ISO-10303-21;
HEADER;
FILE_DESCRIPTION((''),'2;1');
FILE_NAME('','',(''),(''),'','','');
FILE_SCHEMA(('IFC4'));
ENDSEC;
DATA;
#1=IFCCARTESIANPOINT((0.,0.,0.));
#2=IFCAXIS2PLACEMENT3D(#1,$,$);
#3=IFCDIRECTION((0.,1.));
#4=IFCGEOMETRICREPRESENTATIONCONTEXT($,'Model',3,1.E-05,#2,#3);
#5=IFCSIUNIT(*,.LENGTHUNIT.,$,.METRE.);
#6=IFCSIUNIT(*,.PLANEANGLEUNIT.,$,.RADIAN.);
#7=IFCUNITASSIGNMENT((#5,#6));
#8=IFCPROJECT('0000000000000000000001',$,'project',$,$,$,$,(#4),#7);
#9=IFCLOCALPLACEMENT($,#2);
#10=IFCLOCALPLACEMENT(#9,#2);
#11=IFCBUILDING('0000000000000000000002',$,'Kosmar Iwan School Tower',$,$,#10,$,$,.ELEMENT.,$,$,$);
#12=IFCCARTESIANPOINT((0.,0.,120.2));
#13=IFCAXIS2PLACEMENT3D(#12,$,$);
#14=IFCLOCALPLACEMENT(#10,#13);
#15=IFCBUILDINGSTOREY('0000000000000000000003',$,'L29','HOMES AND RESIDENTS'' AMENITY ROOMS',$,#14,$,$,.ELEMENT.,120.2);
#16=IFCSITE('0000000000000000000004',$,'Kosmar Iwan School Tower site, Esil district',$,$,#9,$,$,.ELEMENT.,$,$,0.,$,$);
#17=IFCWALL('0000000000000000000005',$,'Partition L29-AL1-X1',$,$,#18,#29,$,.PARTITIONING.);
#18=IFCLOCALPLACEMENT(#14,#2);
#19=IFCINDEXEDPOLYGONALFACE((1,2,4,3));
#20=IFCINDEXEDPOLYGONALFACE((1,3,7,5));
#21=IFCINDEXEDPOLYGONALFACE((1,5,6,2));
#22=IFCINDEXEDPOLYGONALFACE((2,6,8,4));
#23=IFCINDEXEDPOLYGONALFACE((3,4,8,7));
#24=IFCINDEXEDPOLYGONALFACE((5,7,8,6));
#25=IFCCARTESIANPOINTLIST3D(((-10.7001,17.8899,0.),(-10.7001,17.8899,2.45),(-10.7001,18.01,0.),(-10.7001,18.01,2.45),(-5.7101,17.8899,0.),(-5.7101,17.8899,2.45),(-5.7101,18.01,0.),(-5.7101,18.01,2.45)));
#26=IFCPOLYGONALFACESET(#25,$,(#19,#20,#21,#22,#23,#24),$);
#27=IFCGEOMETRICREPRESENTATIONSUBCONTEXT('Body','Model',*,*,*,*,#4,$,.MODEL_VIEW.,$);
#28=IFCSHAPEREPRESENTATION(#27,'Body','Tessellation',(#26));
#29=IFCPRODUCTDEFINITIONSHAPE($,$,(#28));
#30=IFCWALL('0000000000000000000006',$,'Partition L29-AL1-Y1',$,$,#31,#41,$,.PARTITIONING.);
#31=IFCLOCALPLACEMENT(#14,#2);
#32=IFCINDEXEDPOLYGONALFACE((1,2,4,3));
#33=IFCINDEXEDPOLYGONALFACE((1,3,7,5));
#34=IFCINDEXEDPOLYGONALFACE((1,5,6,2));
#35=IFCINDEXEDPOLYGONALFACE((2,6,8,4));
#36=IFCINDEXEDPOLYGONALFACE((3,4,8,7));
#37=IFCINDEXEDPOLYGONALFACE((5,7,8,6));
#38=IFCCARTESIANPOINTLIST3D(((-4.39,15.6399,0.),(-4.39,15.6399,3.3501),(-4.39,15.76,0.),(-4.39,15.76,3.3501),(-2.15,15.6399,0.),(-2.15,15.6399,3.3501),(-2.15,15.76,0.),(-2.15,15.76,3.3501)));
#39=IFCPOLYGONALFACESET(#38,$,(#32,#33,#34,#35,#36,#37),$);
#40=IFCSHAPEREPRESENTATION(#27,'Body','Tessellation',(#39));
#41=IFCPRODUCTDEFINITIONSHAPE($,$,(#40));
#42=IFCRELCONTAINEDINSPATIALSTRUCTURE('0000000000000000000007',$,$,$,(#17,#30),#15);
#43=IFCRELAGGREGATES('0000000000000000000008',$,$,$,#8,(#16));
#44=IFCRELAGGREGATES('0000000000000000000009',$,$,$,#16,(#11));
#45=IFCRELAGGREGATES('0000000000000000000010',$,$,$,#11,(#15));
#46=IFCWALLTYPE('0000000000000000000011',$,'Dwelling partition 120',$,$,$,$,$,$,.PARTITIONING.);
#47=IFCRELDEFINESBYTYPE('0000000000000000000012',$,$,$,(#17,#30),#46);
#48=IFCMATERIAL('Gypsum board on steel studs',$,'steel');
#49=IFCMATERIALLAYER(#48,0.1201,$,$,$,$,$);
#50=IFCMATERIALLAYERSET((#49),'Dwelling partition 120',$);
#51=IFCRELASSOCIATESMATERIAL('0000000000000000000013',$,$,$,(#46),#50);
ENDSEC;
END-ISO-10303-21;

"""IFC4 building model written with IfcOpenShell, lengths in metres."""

from ifc_helpers import new_model, si_unit, direction, frame, frame_2d, origin, place, context, subcontext, project, spatial, rectangle, extrude, material, layer, layer_set, type_object, element, save


model = new_model("IFC4")

# Units and contexts
model_context = context("Model", 3, precision=1e-05, world=origin(), true_north=direction((0.0, 1.0)))
body_context = subcontext(model_context, "Body", "Model", "MODEL_VIEW")
ifc_project = project(units=[si_unit("LENGTHUNIT", "METRE"), si_unit("PLANEANGLEUNIT", "RADIAN")], contexts=[model_context])

# Site, building, storey
site_placement = place(None, origin())
site = spatial("IfcSite", under=ifc_project, at=site_placement, Name="Kosmar Iwan School Tower site, Esil district", CompositionType="ELEMENT", RefElevation=0.0)
building_placement = place(site_placement, origin())
building = spatial("IfcBuilding", under=site, at=building_placement, Name="Kosmar Iwan School Tower", CompositionType="ELEMENT")
storey_placement = place(building_placement, frame((0.0, 0.0, 120.2)))
storey = spatial("IfcBuildingStorey", under=building, at=storey_placement, Name="L29", Description="HOMES AND RESIDENTS' AMENITY ROOMS", CompositionType="ELEMENT", Elevation=120.2)

# Shared definitions
ifc_material_1 = material(Name="Gypsum board on steel studs", Category="steel")
ifc_layer_1 = layer(ifc_material_1, 0.1201)
ifc_layer_set_1 = layer_set([ifc_layer_1], Name="Dwelling partition 120")
wall_type_1 = type_object("IfcWallType", Name="Dwelling partition 120", PredefinedType="PARTITIONING", material=ifc_layer_set_1)

# Walls
wall_1_placement = place(storey_placement, frame((-5.71, 17.95, 0.0), z_axis=(0.0, 0.0, 1.0), x_axis=(-1.0, 0.0, 0.0)))
element("IfcWall", 1, at=wall_1_placement, inside=storey, type_object=wall_type_1, Name="Partition L29-AL1-X1", PredefinedType="PARTITIONING", context=body_context, shape_type="SweptSolid", body=[
    extrude(rectangle(XDim=4.99, YDim=0.1201, at=frame_2d((2.4951, 0.0))), origin(), (0.0, 0.0, 1.0), 2.45),
])
wall_2_placement = place(storey_placement, frame((-2.1499, 15.7, 0.0), z_axis=(0.0, 0.0, 1.0), x_axis=(-1.0, 0.0, 0.0)))
element("IfcWall", 2, at=wall_2_placement, inside=storey, type_object=wall_type_1, Name="Partition L29-AL1-Y1", PredefinedType="PARTITIONING", context=body_context, shape_type="SweptSolid", body=[
    extrude(rectangle(XDim=2.24, YDim=0.1201, at=frame_2d((1.1201, 0.0))), origin(), (0.0, 0.0, 1.0), 3.3501),
])

save(model, "model.ifc")
